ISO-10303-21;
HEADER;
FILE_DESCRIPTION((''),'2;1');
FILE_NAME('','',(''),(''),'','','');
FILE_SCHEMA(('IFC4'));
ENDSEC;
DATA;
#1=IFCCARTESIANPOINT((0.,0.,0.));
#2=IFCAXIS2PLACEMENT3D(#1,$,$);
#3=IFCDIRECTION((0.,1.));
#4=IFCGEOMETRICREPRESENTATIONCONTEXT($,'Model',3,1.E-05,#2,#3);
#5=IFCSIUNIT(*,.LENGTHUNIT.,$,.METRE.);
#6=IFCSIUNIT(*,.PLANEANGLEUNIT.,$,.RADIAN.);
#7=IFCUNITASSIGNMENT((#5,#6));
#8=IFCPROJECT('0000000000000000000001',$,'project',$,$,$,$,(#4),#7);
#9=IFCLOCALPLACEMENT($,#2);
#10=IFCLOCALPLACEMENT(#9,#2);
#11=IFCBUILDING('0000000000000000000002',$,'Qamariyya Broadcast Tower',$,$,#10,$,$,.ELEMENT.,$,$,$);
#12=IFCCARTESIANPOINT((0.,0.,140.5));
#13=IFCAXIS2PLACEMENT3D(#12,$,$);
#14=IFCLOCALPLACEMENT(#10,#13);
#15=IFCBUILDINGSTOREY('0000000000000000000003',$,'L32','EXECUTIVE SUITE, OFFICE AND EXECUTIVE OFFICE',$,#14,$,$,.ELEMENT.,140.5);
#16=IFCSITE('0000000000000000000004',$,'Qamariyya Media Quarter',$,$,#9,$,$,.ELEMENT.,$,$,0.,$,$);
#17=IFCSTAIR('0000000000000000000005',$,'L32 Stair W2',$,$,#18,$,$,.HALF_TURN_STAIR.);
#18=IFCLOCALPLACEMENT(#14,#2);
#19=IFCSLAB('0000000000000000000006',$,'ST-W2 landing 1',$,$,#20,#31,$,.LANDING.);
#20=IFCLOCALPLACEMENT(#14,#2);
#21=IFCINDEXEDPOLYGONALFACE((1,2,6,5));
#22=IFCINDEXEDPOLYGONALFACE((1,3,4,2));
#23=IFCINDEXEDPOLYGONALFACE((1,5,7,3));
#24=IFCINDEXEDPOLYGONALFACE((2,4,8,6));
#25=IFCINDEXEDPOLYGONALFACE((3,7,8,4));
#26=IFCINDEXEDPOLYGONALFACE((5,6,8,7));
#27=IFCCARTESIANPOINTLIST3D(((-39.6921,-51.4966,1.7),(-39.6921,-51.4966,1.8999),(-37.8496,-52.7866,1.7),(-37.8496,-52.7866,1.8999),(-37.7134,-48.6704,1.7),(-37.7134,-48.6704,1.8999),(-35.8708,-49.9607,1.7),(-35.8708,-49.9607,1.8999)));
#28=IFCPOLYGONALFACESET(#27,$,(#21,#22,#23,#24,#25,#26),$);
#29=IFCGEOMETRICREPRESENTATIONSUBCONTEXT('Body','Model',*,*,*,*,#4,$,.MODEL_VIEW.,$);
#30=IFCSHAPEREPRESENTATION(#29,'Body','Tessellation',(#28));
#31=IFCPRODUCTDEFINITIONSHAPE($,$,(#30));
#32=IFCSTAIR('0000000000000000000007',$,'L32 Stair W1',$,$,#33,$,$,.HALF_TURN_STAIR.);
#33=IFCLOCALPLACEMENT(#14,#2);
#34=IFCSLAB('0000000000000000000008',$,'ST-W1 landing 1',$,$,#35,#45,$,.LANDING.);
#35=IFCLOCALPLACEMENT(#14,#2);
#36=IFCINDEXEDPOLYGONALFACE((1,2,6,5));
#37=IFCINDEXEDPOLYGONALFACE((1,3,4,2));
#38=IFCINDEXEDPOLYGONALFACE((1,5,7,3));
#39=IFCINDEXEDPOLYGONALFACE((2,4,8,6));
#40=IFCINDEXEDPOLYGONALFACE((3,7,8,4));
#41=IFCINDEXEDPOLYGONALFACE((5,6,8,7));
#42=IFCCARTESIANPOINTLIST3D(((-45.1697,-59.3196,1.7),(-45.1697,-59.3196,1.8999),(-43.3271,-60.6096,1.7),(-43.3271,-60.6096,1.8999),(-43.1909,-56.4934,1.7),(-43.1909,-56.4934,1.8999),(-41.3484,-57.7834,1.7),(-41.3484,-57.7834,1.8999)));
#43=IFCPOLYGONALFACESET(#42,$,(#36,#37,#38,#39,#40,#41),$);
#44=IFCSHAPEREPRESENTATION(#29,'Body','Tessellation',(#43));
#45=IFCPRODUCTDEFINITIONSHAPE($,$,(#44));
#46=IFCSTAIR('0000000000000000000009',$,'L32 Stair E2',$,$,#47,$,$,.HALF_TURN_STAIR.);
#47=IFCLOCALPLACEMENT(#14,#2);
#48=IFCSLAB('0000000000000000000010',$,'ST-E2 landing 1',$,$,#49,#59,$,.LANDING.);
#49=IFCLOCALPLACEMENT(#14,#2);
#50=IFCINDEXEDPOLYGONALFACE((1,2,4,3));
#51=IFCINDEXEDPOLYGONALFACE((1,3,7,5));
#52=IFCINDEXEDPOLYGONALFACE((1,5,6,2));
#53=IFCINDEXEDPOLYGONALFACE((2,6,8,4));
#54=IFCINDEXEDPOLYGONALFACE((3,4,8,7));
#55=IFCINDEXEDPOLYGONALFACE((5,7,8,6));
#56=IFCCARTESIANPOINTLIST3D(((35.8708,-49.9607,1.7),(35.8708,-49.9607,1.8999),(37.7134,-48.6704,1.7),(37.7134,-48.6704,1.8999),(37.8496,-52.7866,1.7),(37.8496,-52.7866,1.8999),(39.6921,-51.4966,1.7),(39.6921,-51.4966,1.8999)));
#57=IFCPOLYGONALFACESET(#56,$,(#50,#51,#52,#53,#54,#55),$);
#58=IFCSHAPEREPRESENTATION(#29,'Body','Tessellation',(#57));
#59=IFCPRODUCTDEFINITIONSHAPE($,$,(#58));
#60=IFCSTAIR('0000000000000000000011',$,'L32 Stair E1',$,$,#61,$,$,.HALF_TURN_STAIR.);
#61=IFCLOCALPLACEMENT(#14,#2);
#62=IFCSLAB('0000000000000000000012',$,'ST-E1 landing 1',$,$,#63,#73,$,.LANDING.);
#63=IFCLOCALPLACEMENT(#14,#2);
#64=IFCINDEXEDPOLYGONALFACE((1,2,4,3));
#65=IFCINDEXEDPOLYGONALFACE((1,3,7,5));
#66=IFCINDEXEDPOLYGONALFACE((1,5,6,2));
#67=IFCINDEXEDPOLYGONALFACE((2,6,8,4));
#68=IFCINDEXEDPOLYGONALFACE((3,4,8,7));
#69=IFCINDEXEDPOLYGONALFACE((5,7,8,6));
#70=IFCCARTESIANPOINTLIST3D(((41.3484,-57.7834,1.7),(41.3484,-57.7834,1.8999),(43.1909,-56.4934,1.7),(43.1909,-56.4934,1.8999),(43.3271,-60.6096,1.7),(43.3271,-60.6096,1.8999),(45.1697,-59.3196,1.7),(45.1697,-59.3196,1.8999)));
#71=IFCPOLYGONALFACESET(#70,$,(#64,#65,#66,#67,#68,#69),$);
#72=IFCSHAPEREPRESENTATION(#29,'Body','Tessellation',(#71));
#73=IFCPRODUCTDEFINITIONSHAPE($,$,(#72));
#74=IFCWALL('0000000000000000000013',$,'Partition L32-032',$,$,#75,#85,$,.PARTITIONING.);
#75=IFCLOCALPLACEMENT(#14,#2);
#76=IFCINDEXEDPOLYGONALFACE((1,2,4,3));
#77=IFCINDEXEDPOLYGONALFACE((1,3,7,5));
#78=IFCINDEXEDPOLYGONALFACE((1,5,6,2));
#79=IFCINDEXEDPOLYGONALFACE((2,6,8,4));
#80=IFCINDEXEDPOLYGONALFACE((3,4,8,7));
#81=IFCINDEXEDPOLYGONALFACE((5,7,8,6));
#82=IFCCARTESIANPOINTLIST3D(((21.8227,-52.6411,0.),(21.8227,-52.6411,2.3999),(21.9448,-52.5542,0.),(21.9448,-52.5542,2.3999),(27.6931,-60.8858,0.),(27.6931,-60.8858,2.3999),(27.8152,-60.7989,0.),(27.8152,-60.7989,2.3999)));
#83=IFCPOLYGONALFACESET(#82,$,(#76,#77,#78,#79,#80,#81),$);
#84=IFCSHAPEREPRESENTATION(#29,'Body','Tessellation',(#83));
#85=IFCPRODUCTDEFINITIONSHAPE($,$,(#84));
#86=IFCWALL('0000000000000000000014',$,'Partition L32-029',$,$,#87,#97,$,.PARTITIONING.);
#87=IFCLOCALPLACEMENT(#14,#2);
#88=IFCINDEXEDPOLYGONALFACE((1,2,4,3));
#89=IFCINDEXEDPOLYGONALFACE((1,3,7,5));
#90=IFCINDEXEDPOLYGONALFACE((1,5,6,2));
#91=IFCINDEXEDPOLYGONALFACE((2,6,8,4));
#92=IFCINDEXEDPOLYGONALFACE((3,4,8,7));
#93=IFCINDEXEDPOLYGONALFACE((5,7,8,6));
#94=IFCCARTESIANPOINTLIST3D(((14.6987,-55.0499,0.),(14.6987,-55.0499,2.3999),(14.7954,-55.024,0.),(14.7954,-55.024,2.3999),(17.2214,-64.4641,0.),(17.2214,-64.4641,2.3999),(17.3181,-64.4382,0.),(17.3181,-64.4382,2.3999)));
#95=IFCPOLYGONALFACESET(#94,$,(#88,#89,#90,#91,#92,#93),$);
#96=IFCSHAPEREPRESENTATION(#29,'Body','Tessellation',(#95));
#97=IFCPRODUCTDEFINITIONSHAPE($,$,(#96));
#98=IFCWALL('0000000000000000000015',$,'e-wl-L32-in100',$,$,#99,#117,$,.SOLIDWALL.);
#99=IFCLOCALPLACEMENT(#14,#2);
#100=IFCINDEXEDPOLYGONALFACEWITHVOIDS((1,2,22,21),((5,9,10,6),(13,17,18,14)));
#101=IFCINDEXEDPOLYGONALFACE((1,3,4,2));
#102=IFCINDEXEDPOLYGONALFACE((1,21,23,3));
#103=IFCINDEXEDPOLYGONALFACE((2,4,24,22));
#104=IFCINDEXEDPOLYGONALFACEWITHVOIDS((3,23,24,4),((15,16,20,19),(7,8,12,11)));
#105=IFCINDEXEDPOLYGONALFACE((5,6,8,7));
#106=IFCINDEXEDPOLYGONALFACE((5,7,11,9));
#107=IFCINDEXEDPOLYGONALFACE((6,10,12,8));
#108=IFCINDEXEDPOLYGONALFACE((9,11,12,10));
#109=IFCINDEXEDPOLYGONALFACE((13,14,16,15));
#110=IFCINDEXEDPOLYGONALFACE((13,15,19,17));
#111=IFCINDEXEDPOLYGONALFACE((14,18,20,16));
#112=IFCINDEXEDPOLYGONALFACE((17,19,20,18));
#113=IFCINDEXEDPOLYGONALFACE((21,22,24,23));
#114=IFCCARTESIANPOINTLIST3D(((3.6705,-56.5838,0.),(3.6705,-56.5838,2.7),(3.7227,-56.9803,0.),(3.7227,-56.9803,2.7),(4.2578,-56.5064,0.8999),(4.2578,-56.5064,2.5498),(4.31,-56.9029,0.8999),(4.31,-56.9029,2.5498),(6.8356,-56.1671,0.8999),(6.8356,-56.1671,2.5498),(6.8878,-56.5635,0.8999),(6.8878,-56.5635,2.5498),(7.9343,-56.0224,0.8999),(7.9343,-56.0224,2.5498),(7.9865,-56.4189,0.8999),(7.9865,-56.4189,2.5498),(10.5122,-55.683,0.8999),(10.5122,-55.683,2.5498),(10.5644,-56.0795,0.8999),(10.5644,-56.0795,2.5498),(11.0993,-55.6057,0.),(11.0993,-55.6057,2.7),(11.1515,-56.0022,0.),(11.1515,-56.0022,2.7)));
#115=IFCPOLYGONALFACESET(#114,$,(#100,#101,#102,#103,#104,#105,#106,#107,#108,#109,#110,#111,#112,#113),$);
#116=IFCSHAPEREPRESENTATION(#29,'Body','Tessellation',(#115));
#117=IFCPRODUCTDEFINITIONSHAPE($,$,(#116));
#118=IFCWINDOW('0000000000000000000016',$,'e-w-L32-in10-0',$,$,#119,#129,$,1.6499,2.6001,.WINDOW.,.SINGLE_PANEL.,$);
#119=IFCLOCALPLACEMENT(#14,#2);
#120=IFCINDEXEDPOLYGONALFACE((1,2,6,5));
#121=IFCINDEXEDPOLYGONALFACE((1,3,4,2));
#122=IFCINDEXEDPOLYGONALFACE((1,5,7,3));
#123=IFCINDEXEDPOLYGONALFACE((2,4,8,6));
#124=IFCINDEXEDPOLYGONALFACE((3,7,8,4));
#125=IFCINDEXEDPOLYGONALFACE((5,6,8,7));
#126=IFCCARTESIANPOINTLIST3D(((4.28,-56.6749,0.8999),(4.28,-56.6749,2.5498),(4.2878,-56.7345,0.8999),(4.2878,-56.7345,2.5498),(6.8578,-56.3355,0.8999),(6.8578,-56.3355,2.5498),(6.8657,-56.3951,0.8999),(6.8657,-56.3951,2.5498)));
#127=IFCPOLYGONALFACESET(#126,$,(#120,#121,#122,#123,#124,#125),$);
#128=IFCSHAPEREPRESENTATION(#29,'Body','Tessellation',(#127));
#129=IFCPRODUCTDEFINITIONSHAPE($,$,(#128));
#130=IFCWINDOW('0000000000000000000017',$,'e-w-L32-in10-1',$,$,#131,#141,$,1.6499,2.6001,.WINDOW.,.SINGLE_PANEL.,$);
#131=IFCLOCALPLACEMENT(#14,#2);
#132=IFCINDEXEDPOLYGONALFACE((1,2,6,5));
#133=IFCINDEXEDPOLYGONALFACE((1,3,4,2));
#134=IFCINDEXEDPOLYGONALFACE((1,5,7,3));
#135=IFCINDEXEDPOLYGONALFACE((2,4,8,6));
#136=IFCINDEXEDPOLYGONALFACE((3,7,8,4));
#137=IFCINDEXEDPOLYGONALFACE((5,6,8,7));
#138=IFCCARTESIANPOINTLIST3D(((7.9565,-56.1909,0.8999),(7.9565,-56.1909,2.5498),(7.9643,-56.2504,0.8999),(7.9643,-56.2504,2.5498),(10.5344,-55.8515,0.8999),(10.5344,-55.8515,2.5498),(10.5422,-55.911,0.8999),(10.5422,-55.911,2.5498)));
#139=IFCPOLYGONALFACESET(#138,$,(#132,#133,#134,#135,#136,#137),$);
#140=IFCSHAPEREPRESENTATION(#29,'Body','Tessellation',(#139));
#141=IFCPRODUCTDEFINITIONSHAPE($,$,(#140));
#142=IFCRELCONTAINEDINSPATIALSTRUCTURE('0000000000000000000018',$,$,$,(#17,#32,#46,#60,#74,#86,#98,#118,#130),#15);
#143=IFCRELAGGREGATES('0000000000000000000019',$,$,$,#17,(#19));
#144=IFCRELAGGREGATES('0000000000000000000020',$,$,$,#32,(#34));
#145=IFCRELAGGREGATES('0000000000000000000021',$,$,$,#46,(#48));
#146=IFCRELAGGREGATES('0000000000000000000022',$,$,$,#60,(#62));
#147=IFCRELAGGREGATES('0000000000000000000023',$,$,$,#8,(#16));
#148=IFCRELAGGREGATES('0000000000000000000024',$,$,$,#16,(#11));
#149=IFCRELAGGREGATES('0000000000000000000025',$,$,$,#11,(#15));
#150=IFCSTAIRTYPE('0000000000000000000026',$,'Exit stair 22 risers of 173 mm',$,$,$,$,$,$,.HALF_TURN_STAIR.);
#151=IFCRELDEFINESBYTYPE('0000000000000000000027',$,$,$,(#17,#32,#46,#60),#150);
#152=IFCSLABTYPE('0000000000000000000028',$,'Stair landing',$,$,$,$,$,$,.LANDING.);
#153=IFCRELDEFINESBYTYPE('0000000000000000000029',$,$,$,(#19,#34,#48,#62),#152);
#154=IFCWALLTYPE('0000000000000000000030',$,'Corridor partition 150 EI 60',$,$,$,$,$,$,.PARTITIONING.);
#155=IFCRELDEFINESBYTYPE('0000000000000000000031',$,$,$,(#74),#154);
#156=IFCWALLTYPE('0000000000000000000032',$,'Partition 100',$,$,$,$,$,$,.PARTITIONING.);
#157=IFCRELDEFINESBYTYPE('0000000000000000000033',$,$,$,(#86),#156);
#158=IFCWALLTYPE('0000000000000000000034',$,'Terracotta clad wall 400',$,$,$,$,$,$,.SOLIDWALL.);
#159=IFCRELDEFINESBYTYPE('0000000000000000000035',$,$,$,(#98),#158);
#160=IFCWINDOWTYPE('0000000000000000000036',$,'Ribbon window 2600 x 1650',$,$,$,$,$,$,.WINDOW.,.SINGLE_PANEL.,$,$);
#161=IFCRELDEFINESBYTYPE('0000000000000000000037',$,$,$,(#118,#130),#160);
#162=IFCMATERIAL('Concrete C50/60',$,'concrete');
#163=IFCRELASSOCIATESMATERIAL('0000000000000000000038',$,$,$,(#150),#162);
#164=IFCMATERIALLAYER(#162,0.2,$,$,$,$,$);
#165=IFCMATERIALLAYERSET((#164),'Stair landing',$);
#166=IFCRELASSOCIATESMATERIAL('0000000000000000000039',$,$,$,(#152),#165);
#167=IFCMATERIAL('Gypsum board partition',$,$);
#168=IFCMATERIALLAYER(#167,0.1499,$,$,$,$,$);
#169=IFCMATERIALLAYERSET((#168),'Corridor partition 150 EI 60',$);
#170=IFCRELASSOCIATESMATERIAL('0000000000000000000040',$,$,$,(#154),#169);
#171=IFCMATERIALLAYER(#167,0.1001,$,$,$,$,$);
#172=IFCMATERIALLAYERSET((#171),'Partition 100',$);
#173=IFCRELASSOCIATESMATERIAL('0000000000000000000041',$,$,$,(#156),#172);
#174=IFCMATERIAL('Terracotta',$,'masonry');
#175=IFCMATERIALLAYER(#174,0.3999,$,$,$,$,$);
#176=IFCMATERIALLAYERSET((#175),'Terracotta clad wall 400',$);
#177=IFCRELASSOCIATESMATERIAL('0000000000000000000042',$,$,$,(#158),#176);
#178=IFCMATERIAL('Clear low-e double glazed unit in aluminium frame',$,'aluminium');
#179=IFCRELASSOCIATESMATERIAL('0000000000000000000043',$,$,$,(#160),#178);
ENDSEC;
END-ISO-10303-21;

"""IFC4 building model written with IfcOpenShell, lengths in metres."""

from ifc_helpers import new_model, si_unit, direction, frame, frame_2d, origin, place, context, subcontext, project, spatial, polyline, rectangle, outline, extrude, material, layer, layer_set, type_object, element, fill, aggregate, save


model = new_model("IFC4")

# Units and contexts
model_context = context("Model", 3, precision=1e-05, world=origin(), true_north=direction((0.0, 1.0)))
body_context = subcontext(model_context, "Body", "Model", "MODEL_VIEW")
ifc_project = project(units=[si_unit("LENGTHUNIT", "METRE"), si_unit("PLANEANGLEUNIT", "RADIAN")], contexts=[model_context])

# Site, building, storey
site_placement = place(None, origin())
site = spatial("IfcSite", under=ifc_project, at=site_placement, Name="Qamariyya Media Quarter", CompositionType="ELEMENT", RefElevation=0.0)
building_placement = place(site_placement, origin())
building = spatial("IfcBuilding", under=site, at=building_placement, Name="Qamariyya Broadcast Tower", CompositionType="ELEMENT")
storey_placement = place(building_placement, frame((0.0, 0.0, 140.5)))
storey = spatial("IfcBuildingStorey", under=building, at=storey_placement, Name="L32", Description="EXECUTIVE SUITE, OFFICE AND EXECUTIVE OFFICE", CompositionType="ELEMENT", Elevation=140.5)

# Shared definitions
ifc_material_1 = material(Name="Concrete C50/60", Category="concrete")

# Stairs, slabs
stair_type = type_object("IfcStairType", Name="Exit stair 22 risers of 173 mm", PredefinedType="HALF_TURN_STAIR", material=ifc_material_1)
stair_1_placement = place(storey_placement, origin())
stair_1 = element("IfcStair", 1, at=stair_1_placement, inside=storey, type_object=stair_type, Name="L32 Stair W2", PredefinedType="HALF_TURN_STAIR")
ifc_layer_1 = layer(ifc_material_1, 0.2)
ifc_layer_set_1 = layer_set([ifc_layer_1], Name="Stair landing")
slab_type_1 = type_object("IfcSlabType", Name="Stair landing", PredefinedType="LANDING", material=ifc_layer_set_1)
slab_1_placement = place(storey_placement, frame((0.0, 0.0, 1.7)))
slab_1 = element("IfcSlab", 2, at=slab_1_placement, type_object=slab_type_1, Name="ST-W2 landing 1", PredefinedType="LANDING", context=body_context, shape_type="SweptSolid", body=[
    extrude(outline(polyline([(-39.6921, -51.4966), (-37.8496, -52.7866), (-35.8708, -49.9607), (-37.7134, -48.6704), (-39.6921, -51.4966)])), origin(), (0.0, 0.0, 1.0), 0.2),
])
aggregate(stair_1, [slab_1])
stair_2_placement = place(storey_placement, origin())
stair_2 = element("IfcStair", 3, at=stair_2_placement, inside=storey, type_object=stair_type, Name="L32 Stair W1", PredefinedType="HALF_TURN_STAIR")
slab_2_placement = place(storey_placement, frame((0.0, 0.0, 1.7)))
slab_2 = element("IfcSlab", 4, at=slab_2_placement, type_object=slab_type_1, Name="ST-W1 landing 1", PredefinedType="LANDING", context=body_context, shape_type="SweptSolid", body=[
    extrude(outline(polyline([(-45.1697, -59.3196), (-43.3271, -60.6096), (-41.3484, -57.7834), (-43.1909, -56.4934), (-45.1697, -59.3196)])), origin(), (0.0, 0.0, 1.0), 0.2),
])
aggregate(stair_2, [slab_2])
stair_3_placement = place(storey_placement, origin())
stair_3 = element("IfcStair", 5, at=stair_3_placement, inside=storey, type_object=stair_type, Name="L32 Stair E2", PredefinedType="HALF_TURN_STAIR")
slab_3_placement = place(storey_placement, frame((0.0, 0.0, 1.7)))
slab_3 = element("IfcSlab", 6, at=slab_3_placement, type_object=slab_type_1, Name="ST-E2 landing 1", PredefinedType="LANDING", context=body_context, shape_type="SweptSolid", body=[
    extrude(outline(polyline([(37.7134, -48.6704), (35.8708, -49.9607), (37.8496, -52.7866), (39.6921, -51.4966), (37.7134, -48.6704)])), origin(), (0.0, 0.0, 1.0), 0.2),
])
aggregate(stair_3, [slab_3])
stair_4_placement = place(storey_placement, origin())
stair_4 = element("IfcStair", 7, at=stair_4_placement, inside=storey, type_object=stair_type, Name="L32 Stair E1", PredefinedType="HALF_TURN_STAIR")
slab_4_placement = place(storey_placement, frame((0.0, 0.0, 1.7)))
slab_4 = element("IfcSlab", 8, at=slab_4_placement, type_object=slab_type_1, Name="ST-E1 landing 1", PredefinedType="LANDING", context=body_context, shape_type="SweptSolid", body=[
    extrude(outline(polyline([(43.1909, -56.4934), (41.3484, -57.7834), (43.3271, -60.6096), (45.1697, -59.3196), (43.1909, -56.4934)])), origin(), (0.0, 0.0, 1.0), 0.2),
])
aggregate(stair_4, [slab_4])

# Walls
ifc_material_2 = material(Name="Gypsum board partition")
ifc_layer_2 = layer(ifc_material_2, 0.1499)
ifc_layer_set_2 = layer_set([ifc_layer_2], Name="Corridor partition 150 EI 60")
wall_type_1 = type_object("IfcWallType", Name="Corridor partition 150 EI 60", PredefinedType="PARTITIONING", material=ifc_layer_set_2)
wall_1_placement = place(storey_placement, frame((21.8838, -52.5977, 0.0), z_axis=(0.0, 0.0, 1.0), x_axis=(0.580017, -0.814605, 0.0)))
element("IfcWall", 9, at=wall_1_placement, inside=storey, type_object=wall_type_1, Name="Partition L32-032", PredefinedType="PARTITIONING", context=body_context, shape_type="SweptSolid", body=[
    extrude(rectangle(XDim=10.1211, YDim=0.1499, at=frame_2d((5.0605, 0.0))), origin(), (0.0, 0.0, 1.0), 2.3999),
])
ifc_layer_3 = layer(ifc_material_2, 0.1001)
ifc_layer_set_3 = layer_set([ifc_layer_3], Name="Partition 100")
wall_type_2 = type_object("IfcWallType", Name="Partition 100", PredefinedType="PARTITIONING", material=ifc_layer_set_3)
wall_2_placement = place(storey_placement, frame((14.7471, -55.0371, 0.0), z_axis=(0.0, 0.0, 1.0), x_axis=(0.258833, -0.965922, 0.0)))
element("IfcWall", 10, at=wall_2_placement, inside=storey, type_object=wall_type_2, Name="Partition L32-029", PredefinedType="PARTITIONING", context=body_context, shape_type="SweptSolid", body=[
    extrude(rectangle(XDim=9.7463, YDim=0.1001, at=frame_2d((4.873, 0.0))), origin(), (0.0, 0.0, 1.0), 2.3999),
])

# Wall, openings, windows
ifc_material_3 = material(Name="Terracotta", Category="masonry")
ifc_layer_4 = layer(ifc_material_3, 0.3999)
ifc_layer_set_4 = layer_set([ifc_layer_4], Name="Terracotta clad wall 400")
wall_type_3 = type_object("IfcWallType", Name="Terracotta clad wall 400", PredefinedType="SOLIDWALL", material=ifc_layer_set_4)
wall_3_placement = place(storey_placement, frame((11.1255, -55.804, 0.0), z_axis=(0.0, 0.0, 1.0), x_axis=(-0.991445, -0.130529, 0.0)))
wall_3 = element("IfcWall", 11, at=wall_3_placement, inside=storey, type_object=wall_type_3, Name="e-wl-L32-in100", PredefinedType="SOLIDWALL", context=body_context, shape_type="SweptSolid", body=[
    extrude(rectangle(XDim=7.4929, YDim=0.3999, at=frame_2d((3.7466, 0.0))), origin(), (0.0, 0.0, 1.0), 2.7),
])
opening_1_placement = place(wall_3_placement, frame((4.3005, 0.0, 0.8999)))
opening_1 = element("IfcOpeningElement", 12, at=opening_1_placement, cuts=wall_3, PredefinedType="OPENING", context=body_context, shape_type="SweptSolid", body=[
    extrude(rectangle(XDim=2.6001, YDim=1.6499, at=frame_2d((1.3, 0.825))), frame((0.0, 0.21, 0.0), z_axis=(0.0, -1.0, 0.0), x_axis=(1.0, 0.0, 0.0)), (0.0, 0.0, 1.0), 0.4199),
])
opening_2_placement = place(wall_3_placement, frame((0.5923, 0.0, 0.8999)))
opening_2 = element("IfcOpeningElement", 13, at=opening_2_placement, cuts=wall_3, PredefinedType="OPENING", context=body_context, shape_type="SweptSolid", body=[
    extrude(rectangle(XDim=2.6001, YDim=1.6499, at=frame_2d((1.3, 0.825))), frame((0.0, 0.21, 0.0), z_axis=(0.0, -1.0, 0.0), x_axis=(1.0, 0.0, 0.0)), (0.0, 0.0, 1.0), 0.4199),
])
ifc_material_4 = material(Name="Clear low-e double glazed unit in aluminium frame", Category="aluminium")
window_type = type_object("IfcWindowType", Name="Ribbon window 2600 x 1650", PartitioningType="SINGLE_PANEL", PredefinedType="WINDOW", material=ifc_material_4)
window_1_placement = place(opening_1_placement, origin())
window_1 = element("IfcWindow", 14, at=window_1_placement, inside=storey, type_object=window_type, Name="e-w-L32-in10-0", OverallHeight=1.6499, OverallWidth=2.6001, PartitioningType="SINGLE_PANEL", PredefinedType="WINDOW", context=body_context, shape_type="SweptSolid", body=[
    extrude(rectangle(XDim=2.6001, YDim=1.6499, at=frame_2d((1.3, 0.825))), frame((0.0, 0.03, 0.0), z_axis=(0.0, -1.0, 0.0), x_axis=(1.0, 0.0, 0.0)), (0.0, 0.0, 1.0), 0.0601),
])
fill(opening_1, window_1)
window_2_placement = place(opening_2_placement, origin())
window_2 = element("IfcWindow", 15, at=window_2_placement, inside=storey, type_object=window_type, Name="e-w-L32-in10-1", OverallHeight=1.6499, OverallWidth=2.6001, PartitioningType="SINGLE_PANEL", PredefinedType="WINDOW", context=body_context, shape_type="SweptSolid", body=[
    extrude(rectangle(XDim=2.6001, YDim=1.6499, at=frame_2d((1.3, 0.825))), frame((0.0, 0.03, 0.0), z_axis=(0.0, -1.0, 0.0), x_axis=(1.0, 0.0, 0.0)), (0.0, 0.0, 1.0), 0.0601),
])
fill(opening_2, window_2)

save(model, "model.ifc")
